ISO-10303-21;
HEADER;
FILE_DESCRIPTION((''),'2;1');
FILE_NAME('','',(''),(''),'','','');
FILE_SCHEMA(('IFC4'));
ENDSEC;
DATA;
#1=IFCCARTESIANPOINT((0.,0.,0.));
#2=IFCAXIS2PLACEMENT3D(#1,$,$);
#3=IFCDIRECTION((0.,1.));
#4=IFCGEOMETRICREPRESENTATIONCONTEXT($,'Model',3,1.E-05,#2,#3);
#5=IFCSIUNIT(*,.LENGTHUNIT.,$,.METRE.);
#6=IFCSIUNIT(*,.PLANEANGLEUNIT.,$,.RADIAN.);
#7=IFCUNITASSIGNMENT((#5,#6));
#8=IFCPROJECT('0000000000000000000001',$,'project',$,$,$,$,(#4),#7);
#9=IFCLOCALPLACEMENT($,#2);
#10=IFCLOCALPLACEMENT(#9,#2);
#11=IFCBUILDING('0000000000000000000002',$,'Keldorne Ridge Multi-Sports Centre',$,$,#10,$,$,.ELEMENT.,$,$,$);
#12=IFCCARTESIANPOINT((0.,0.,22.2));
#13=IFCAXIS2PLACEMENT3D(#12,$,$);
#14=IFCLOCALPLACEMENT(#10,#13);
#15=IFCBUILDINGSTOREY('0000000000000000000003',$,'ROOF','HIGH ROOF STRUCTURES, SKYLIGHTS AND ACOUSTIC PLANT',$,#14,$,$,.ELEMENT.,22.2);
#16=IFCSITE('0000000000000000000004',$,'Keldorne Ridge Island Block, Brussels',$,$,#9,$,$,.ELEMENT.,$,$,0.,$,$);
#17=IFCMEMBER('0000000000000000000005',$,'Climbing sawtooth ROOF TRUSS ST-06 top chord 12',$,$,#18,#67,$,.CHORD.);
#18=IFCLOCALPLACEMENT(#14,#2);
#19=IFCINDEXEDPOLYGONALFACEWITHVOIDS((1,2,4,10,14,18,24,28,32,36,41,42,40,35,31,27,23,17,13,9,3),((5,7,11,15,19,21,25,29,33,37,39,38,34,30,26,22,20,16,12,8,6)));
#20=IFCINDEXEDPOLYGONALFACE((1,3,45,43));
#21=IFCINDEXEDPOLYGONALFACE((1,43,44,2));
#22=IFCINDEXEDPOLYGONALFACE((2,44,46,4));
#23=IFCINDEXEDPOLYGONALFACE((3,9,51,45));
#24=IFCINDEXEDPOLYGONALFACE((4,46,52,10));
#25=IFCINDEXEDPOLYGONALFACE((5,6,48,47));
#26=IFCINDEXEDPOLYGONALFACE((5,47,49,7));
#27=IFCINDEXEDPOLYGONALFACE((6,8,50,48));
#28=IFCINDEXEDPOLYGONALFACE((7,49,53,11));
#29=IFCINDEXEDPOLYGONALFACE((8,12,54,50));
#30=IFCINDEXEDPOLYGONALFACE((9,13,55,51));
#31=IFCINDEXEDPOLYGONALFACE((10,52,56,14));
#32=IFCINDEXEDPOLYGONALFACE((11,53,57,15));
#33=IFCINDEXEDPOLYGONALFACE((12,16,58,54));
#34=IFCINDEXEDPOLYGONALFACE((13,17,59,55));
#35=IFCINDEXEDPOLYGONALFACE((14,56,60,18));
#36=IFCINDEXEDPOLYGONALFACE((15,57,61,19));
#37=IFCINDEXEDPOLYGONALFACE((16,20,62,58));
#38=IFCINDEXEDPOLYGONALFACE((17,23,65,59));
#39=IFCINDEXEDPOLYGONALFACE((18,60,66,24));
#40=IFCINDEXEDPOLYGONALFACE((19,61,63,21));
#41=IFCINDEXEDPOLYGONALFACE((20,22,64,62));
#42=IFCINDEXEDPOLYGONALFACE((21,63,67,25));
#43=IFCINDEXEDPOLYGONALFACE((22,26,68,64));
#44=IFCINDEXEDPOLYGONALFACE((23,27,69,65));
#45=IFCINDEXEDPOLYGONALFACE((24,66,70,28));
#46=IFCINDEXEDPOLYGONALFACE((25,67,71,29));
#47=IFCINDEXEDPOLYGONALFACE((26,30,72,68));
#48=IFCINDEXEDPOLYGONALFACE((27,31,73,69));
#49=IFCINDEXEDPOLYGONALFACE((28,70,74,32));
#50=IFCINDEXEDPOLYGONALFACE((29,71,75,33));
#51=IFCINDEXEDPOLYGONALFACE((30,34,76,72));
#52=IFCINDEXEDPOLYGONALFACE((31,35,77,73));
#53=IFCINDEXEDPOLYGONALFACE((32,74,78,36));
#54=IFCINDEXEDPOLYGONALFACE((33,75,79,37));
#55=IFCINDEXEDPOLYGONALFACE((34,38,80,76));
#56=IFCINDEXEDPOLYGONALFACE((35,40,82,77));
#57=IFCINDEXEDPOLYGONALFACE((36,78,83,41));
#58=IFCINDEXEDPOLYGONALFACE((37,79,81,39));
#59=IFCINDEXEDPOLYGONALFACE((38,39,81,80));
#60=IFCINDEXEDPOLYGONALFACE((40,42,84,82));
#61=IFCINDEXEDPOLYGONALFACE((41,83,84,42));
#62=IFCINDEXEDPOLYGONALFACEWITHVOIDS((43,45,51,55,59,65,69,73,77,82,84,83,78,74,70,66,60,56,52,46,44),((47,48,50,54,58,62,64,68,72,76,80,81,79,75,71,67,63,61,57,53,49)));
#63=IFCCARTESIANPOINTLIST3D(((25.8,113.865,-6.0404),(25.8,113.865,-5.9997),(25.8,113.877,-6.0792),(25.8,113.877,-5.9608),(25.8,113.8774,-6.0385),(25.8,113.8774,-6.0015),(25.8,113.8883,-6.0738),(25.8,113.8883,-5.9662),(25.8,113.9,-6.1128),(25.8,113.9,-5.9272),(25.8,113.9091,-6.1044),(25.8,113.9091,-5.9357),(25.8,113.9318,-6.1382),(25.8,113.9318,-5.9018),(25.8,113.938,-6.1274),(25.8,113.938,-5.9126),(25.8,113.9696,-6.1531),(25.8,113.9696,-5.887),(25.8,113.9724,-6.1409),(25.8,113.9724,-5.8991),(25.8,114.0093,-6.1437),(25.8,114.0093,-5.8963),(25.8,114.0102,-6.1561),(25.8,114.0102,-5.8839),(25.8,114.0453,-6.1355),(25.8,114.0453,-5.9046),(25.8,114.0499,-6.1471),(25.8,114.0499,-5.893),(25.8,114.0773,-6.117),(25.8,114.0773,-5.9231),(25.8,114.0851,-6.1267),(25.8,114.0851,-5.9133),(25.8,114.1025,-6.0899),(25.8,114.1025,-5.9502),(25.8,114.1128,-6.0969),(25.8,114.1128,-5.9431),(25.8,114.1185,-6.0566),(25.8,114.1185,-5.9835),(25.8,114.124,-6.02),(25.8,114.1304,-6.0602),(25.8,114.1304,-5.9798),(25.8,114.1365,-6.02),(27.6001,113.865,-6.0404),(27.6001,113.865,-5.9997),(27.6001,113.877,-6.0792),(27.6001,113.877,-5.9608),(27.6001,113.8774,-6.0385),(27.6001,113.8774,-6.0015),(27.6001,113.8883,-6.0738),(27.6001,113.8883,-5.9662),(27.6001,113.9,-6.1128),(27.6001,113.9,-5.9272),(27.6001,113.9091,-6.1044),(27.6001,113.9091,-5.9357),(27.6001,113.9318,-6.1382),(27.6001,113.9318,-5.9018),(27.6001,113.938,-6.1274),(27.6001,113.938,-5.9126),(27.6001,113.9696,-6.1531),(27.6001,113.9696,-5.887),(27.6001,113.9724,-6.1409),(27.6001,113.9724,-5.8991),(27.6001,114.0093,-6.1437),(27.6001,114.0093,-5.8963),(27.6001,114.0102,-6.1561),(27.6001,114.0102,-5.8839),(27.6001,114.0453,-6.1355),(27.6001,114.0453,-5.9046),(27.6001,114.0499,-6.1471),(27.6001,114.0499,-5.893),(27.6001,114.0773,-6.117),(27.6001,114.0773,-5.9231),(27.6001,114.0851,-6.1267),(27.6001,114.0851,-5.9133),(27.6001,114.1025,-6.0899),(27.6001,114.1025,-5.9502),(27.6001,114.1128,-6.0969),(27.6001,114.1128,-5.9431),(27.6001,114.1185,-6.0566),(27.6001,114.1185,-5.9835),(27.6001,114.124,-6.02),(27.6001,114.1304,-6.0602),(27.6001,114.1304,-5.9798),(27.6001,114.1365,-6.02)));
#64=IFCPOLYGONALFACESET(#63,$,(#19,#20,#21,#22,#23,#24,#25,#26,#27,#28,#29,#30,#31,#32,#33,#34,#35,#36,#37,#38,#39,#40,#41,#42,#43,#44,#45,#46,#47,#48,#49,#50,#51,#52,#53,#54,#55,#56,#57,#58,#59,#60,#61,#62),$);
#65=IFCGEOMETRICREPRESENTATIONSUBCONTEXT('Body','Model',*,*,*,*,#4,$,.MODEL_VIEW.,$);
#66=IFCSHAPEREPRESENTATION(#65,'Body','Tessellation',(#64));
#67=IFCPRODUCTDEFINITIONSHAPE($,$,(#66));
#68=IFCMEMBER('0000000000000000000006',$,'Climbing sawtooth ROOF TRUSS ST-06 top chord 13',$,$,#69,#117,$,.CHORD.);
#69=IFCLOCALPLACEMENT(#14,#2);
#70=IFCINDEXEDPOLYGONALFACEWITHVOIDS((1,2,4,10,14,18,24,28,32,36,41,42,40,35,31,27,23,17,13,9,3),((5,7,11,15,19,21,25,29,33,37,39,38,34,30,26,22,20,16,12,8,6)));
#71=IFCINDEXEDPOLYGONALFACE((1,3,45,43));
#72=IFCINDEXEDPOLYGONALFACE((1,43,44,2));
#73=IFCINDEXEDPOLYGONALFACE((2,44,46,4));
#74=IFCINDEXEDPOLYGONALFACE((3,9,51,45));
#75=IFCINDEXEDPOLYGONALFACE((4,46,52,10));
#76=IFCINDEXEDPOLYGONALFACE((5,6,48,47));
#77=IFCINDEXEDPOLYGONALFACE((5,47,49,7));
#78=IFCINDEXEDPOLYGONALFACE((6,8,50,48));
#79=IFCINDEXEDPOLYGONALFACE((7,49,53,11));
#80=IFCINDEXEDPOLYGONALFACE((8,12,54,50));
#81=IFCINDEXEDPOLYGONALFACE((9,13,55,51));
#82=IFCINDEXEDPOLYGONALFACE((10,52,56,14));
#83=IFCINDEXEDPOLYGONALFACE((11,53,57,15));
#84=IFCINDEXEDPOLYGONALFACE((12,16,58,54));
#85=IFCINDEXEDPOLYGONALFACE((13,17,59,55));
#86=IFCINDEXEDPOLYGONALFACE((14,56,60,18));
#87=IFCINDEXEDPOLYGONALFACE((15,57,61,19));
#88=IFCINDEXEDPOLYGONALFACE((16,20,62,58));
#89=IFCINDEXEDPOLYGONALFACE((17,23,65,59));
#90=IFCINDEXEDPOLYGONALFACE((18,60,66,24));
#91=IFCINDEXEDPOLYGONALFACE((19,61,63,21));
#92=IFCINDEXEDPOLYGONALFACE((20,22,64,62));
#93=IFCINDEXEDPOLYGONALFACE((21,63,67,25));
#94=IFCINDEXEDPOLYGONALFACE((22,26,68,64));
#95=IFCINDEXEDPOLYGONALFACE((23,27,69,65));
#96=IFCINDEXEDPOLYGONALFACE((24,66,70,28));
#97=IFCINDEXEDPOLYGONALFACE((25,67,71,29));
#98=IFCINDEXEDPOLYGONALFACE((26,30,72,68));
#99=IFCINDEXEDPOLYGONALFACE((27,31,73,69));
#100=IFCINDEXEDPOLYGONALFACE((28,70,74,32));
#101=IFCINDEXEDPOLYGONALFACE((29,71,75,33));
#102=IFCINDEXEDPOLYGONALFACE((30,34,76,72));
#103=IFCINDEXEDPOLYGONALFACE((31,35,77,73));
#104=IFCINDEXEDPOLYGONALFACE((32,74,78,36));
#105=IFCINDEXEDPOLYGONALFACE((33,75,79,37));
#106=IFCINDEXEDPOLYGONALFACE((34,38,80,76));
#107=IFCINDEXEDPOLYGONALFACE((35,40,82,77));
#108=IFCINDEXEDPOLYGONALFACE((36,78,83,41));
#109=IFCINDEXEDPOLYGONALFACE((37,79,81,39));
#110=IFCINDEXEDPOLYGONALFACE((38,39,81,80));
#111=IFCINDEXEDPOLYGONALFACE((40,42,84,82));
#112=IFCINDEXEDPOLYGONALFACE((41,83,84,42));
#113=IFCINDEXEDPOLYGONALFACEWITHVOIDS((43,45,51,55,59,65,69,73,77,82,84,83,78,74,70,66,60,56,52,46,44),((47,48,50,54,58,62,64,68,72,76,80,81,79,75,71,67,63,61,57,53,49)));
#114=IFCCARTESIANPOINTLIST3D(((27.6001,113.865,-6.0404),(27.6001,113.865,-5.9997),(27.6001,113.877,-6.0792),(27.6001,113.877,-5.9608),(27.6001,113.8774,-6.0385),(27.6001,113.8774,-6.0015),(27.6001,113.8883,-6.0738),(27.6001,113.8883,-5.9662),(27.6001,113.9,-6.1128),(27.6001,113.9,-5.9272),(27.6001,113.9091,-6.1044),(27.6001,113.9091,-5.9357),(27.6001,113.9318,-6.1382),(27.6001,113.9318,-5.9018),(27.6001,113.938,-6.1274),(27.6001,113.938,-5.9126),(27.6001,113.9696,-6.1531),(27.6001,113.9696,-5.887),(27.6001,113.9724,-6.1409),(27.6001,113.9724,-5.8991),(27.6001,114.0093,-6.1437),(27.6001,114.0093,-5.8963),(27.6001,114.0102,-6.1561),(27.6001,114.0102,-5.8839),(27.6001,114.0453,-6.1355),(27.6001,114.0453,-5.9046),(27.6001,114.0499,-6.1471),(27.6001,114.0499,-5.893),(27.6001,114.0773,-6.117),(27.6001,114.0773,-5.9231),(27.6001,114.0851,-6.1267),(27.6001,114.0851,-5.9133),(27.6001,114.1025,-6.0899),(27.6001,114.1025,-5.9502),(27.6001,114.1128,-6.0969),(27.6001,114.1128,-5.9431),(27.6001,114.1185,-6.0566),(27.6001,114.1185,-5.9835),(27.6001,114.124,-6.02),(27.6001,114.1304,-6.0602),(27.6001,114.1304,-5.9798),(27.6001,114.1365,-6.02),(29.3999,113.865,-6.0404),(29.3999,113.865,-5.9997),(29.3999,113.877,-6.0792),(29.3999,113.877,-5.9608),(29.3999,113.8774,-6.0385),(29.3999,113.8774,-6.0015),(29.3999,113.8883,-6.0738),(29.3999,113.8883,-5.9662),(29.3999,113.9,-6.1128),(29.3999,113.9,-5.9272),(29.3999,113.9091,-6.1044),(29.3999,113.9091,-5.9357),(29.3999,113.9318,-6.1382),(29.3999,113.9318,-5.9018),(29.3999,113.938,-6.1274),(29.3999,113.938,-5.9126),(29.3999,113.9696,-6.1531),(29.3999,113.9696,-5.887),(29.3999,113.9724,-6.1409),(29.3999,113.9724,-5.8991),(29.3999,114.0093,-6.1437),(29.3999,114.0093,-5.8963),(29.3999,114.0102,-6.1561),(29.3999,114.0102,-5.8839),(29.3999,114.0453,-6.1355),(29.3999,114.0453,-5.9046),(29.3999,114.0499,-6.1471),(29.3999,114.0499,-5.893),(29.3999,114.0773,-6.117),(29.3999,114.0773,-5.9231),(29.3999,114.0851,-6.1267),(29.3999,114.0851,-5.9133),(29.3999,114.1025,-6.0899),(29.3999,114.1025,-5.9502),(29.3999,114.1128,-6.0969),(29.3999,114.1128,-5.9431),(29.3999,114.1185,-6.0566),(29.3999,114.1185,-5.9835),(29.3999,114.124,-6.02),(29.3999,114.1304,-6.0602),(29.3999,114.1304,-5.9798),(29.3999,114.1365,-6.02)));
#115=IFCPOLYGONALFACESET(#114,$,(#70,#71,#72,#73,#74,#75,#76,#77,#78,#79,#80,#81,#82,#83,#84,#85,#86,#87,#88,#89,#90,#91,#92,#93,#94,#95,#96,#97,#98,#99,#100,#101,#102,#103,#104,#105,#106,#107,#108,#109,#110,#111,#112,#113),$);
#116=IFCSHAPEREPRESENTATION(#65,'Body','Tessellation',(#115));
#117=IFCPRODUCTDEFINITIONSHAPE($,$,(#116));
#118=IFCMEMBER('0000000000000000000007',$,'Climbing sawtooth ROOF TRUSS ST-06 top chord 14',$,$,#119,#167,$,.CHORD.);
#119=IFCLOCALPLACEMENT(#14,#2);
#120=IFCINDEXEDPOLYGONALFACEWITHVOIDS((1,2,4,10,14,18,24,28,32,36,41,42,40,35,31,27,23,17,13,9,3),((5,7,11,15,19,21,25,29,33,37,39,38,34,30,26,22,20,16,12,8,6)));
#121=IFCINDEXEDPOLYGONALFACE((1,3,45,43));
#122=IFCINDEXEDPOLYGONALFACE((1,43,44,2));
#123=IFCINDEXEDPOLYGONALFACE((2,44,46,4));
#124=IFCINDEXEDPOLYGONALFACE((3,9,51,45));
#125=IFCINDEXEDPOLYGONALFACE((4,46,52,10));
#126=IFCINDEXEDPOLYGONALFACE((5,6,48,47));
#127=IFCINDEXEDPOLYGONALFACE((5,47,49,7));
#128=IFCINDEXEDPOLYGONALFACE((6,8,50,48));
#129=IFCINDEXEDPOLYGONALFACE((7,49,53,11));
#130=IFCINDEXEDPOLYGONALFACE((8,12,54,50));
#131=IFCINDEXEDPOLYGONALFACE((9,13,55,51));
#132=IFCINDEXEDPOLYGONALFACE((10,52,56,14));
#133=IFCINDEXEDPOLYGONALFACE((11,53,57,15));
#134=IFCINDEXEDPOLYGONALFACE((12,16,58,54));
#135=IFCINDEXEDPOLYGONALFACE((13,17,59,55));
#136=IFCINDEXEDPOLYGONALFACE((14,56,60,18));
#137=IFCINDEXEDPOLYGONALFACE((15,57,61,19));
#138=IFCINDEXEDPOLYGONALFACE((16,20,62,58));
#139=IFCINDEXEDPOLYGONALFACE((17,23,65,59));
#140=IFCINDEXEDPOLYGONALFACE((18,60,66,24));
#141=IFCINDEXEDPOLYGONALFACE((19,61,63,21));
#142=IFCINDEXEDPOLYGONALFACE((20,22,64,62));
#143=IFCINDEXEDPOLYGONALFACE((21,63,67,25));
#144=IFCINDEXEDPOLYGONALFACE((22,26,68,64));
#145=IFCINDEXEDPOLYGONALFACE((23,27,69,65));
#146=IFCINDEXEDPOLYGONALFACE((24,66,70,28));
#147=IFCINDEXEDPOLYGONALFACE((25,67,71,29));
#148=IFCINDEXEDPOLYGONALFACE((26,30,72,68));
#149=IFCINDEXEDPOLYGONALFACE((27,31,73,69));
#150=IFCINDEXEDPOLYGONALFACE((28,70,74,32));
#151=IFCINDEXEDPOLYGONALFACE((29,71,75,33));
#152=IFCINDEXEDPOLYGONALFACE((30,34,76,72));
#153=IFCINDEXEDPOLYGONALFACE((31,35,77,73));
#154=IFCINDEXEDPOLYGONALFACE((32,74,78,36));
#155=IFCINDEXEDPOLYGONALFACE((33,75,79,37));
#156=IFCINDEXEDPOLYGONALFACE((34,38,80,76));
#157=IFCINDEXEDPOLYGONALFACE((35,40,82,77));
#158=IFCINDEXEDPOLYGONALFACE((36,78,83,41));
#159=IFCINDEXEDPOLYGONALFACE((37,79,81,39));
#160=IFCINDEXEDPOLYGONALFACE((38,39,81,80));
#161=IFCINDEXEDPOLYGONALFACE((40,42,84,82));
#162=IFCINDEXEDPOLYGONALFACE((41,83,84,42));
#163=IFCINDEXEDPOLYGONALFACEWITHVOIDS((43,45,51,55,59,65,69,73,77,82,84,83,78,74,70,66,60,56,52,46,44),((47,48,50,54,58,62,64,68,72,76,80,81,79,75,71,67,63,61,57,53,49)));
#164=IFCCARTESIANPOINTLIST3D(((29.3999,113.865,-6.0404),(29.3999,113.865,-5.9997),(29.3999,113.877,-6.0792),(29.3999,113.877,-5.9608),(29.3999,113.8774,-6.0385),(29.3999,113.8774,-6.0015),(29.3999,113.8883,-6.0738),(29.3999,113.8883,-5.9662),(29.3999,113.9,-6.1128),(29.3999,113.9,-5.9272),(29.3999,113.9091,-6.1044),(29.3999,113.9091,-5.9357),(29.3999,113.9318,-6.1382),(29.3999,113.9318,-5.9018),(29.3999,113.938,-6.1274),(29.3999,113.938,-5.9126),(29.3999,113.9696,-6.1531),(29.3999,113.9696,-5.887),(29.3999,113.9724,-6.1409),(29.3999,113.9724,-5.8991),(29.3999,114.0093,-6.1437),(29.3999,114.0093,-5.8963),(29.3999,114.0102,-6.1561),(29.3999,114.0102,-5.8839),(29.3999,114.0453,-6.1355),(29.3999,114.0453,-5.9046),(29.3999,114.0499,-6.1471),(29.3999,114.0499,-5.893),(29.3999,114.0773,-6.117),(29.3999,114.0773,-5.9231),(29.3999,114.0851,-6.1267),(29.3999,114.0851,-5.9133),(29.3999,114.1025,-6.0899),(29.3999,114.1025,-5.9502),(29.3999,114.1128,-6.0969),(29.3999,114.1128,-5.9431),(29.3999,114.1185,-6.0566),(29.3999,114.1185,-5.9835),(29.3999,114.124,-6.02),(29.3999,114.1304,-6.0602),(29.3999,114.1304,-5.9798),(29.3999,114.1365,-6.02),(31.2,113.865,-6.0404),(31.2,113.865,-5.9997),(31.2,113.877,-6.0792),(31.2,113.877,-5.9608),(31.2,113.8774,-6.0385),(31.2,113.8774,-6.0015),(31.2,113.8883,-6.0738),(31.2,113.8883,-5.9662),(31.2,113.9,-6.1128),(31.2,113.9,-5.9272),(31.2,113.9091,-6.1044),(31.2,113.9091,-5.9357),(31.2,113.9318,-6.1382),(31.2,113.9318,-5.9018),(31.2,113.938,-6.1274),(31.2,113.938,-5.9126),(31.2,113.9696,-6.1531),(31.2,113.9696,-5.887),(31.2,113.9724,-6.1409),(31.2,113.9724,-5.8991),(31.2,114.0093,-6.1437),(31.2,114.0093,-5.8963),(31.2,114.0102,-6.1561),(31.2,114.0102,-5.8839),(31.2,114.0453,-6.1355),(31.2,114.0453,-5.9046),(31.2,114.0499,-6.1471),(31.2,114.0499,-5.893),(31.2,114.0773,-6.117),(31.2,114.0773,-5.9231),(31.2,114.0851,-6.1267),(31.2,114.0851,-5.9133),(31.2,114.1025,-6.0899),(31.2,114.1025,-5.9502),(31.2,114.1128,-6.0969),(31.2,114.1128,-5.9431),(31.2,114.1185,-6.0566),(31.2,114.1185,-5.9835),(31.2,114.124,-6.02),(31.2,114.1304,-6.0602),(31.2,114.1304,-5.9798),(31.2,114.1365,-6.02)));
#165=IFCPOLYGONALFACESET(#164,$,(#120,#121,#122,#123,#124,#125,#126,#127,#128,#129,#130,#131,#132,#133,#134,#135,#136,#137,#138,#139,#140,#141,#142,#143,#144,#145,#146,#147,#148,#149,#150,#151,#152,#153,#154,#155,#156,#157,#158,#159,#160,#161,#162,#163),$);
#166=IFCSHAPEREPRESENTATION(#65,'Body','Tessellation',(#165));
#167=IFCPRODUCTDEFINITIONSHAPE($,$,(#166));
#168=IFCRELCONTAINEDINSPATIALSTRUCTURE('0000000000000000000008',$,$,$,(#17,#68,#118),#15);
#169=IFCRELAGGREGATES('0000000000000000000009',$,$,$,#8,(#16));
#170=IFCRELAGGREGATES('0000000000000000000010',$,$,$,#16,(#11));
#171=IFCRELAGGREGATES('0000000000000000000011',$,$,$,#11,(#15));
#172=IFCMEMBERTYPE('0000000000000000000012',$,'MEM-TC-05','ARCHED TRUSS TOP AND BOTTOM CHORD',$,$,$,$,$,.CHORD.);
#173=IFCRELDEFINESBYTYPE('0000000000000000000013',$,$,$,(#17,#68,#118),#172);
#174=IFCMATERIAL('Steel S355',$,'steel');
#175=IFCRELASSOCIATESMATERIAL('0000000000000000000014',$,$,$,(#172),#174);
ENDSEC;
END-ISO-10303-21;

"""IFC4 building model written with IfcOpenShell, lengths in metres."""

from ifc_helpers import new_model, si_unit, direction, frame, origin, origin_2d, place, context, subcontext, project, spatial, hollow_circle, extrude, material, material_profile, profile_set, type_object, element, save


model = new_model("IFC4")

# Units and contexts
model_context = context("Model", 3, precision=1e-05, world=origin(), true_north=direction((0.0, 1.0)))
body_context = subcontext(model_context, "Body", "Model", "MODEL_VIEW")
ifc_project = project(units=[si_unit("LENGTHUNIT", "METRE"), si_unit("PLANEANGLEUNIT", "RADIAN")], contexts=[model_context])

# Site, building, storey
site_placement = place(None, origin())
site = spatial("IfcSite", under=ifc_project, at=site_placement, Name="Keldorne Ridge Island Block, Brussels", CompositionType="ELEMENT", RefElevation=0.0)
building_placement = place(site_placement, origin())
building = spatial("IfcBuilding", under=site, at=building_placement, Name="Keldorne Ridge Multi-Sports Centre", CompositionType="ELEMENT")
storey_placement = place(building_placement, frame((0.0, 0.0, 22.2)))
storey = spatial("IfcBuildingStorey", under=building, at=storey_placement, Name="ROOF", Description="HIGH ROOF STRUCTURES, SKYLIGHTS AND ACOUSTIC PLANT", CompositionType="ELEMENT", Elevation=22.2)

# Shared definitions
ifc_material_1 = material(Name="Steel S355", Category="steel")

# Members
ifc_material_profile_1 = material_profile(ifc_material_1, hollow_circle(Radius=0.1365, WallThickness=0.0125, at=origin_2d()), Name="CHS 273x12.5")
ifc_profile_set_1 = profile_set([ifc_material_profile_1], Name="Steel S355")
member_type_1 = type_object("IfcMemberType", Name="MEM-TC-05", Description="ARCHED TRUSS TOP AND BOTTOM CHORD", PredefinedType="CHORD", material=ifc_profile_set_1)
for number, where, z_axis, x_axis, name in (
    (1, (25.8, 114.0, -6.02), (1.0, 0.0, 0.0), (0.0, 1.0, 0.0), "Climbing sawtooth ROOF TRUSS ST-06 top chord 12"),
):
    element("IfcMember", number, at=place(storey_placement, frame(where, z_axis=z_axis, x_axis=x_axis)), inside=storey, type_object=member_type_1, Name=name, PredefinedType="CHORD", context=body_context, shape_type="SweptSolid", body=[
        extrude(hollow_circle(Radius=0.1365, WallThickness=0.0125, at=origin_2d()), origin(), (0.0, 0.0, 1.0), 1.8),
    ])
member_1_placement = place(storey_placement, frame((27.6001, 114.0, -6.02), z_axis=(1.0, 0.0, 0.0), x_axis=(0.0, 1.0, 0.0)))
element("IfcMember", 2, at=member_1_placement, inside=storey, type_object=member_type_1, Name="Climbing sawtooth ROOF TRUSS ST-06 top chord 13", PredefinedType="CHORD", context=body_context, shape_type="SweptSolid", body=[
    extrude(hollow_circle(Radius=0.1365, WallThickness=0.0125, at=origin_2d()), origin(), (0.0, 0.0, 1.0), 1.7998),
])
for number, where, z_axis, x_axis, name in (
    (3, (29.3999, 114.0, -6.02), (1.0, 0.0, 0.0), (0.0, 1.0, 0.0), "Climbing sawtooth ROOF TRUSS ST-06 top chord 14"),
):
    element("IfcMember", number, at=place(storey_placement, frame(where, z_axis=z_axis, x_axis=x_axis)), inside=storey, type_object=member_type_1, Name=name, PredefinedType="CHORD", context=body_context, shape_type="SweptSolid", body=[
        extrude(hollow_circle(Radius=0.1365, WallThickness=0.0125, at=origin_2d()), origin(), (0.0, 0.0, 1.0), 1.8),
    ])

save(model, "model.ifc")
